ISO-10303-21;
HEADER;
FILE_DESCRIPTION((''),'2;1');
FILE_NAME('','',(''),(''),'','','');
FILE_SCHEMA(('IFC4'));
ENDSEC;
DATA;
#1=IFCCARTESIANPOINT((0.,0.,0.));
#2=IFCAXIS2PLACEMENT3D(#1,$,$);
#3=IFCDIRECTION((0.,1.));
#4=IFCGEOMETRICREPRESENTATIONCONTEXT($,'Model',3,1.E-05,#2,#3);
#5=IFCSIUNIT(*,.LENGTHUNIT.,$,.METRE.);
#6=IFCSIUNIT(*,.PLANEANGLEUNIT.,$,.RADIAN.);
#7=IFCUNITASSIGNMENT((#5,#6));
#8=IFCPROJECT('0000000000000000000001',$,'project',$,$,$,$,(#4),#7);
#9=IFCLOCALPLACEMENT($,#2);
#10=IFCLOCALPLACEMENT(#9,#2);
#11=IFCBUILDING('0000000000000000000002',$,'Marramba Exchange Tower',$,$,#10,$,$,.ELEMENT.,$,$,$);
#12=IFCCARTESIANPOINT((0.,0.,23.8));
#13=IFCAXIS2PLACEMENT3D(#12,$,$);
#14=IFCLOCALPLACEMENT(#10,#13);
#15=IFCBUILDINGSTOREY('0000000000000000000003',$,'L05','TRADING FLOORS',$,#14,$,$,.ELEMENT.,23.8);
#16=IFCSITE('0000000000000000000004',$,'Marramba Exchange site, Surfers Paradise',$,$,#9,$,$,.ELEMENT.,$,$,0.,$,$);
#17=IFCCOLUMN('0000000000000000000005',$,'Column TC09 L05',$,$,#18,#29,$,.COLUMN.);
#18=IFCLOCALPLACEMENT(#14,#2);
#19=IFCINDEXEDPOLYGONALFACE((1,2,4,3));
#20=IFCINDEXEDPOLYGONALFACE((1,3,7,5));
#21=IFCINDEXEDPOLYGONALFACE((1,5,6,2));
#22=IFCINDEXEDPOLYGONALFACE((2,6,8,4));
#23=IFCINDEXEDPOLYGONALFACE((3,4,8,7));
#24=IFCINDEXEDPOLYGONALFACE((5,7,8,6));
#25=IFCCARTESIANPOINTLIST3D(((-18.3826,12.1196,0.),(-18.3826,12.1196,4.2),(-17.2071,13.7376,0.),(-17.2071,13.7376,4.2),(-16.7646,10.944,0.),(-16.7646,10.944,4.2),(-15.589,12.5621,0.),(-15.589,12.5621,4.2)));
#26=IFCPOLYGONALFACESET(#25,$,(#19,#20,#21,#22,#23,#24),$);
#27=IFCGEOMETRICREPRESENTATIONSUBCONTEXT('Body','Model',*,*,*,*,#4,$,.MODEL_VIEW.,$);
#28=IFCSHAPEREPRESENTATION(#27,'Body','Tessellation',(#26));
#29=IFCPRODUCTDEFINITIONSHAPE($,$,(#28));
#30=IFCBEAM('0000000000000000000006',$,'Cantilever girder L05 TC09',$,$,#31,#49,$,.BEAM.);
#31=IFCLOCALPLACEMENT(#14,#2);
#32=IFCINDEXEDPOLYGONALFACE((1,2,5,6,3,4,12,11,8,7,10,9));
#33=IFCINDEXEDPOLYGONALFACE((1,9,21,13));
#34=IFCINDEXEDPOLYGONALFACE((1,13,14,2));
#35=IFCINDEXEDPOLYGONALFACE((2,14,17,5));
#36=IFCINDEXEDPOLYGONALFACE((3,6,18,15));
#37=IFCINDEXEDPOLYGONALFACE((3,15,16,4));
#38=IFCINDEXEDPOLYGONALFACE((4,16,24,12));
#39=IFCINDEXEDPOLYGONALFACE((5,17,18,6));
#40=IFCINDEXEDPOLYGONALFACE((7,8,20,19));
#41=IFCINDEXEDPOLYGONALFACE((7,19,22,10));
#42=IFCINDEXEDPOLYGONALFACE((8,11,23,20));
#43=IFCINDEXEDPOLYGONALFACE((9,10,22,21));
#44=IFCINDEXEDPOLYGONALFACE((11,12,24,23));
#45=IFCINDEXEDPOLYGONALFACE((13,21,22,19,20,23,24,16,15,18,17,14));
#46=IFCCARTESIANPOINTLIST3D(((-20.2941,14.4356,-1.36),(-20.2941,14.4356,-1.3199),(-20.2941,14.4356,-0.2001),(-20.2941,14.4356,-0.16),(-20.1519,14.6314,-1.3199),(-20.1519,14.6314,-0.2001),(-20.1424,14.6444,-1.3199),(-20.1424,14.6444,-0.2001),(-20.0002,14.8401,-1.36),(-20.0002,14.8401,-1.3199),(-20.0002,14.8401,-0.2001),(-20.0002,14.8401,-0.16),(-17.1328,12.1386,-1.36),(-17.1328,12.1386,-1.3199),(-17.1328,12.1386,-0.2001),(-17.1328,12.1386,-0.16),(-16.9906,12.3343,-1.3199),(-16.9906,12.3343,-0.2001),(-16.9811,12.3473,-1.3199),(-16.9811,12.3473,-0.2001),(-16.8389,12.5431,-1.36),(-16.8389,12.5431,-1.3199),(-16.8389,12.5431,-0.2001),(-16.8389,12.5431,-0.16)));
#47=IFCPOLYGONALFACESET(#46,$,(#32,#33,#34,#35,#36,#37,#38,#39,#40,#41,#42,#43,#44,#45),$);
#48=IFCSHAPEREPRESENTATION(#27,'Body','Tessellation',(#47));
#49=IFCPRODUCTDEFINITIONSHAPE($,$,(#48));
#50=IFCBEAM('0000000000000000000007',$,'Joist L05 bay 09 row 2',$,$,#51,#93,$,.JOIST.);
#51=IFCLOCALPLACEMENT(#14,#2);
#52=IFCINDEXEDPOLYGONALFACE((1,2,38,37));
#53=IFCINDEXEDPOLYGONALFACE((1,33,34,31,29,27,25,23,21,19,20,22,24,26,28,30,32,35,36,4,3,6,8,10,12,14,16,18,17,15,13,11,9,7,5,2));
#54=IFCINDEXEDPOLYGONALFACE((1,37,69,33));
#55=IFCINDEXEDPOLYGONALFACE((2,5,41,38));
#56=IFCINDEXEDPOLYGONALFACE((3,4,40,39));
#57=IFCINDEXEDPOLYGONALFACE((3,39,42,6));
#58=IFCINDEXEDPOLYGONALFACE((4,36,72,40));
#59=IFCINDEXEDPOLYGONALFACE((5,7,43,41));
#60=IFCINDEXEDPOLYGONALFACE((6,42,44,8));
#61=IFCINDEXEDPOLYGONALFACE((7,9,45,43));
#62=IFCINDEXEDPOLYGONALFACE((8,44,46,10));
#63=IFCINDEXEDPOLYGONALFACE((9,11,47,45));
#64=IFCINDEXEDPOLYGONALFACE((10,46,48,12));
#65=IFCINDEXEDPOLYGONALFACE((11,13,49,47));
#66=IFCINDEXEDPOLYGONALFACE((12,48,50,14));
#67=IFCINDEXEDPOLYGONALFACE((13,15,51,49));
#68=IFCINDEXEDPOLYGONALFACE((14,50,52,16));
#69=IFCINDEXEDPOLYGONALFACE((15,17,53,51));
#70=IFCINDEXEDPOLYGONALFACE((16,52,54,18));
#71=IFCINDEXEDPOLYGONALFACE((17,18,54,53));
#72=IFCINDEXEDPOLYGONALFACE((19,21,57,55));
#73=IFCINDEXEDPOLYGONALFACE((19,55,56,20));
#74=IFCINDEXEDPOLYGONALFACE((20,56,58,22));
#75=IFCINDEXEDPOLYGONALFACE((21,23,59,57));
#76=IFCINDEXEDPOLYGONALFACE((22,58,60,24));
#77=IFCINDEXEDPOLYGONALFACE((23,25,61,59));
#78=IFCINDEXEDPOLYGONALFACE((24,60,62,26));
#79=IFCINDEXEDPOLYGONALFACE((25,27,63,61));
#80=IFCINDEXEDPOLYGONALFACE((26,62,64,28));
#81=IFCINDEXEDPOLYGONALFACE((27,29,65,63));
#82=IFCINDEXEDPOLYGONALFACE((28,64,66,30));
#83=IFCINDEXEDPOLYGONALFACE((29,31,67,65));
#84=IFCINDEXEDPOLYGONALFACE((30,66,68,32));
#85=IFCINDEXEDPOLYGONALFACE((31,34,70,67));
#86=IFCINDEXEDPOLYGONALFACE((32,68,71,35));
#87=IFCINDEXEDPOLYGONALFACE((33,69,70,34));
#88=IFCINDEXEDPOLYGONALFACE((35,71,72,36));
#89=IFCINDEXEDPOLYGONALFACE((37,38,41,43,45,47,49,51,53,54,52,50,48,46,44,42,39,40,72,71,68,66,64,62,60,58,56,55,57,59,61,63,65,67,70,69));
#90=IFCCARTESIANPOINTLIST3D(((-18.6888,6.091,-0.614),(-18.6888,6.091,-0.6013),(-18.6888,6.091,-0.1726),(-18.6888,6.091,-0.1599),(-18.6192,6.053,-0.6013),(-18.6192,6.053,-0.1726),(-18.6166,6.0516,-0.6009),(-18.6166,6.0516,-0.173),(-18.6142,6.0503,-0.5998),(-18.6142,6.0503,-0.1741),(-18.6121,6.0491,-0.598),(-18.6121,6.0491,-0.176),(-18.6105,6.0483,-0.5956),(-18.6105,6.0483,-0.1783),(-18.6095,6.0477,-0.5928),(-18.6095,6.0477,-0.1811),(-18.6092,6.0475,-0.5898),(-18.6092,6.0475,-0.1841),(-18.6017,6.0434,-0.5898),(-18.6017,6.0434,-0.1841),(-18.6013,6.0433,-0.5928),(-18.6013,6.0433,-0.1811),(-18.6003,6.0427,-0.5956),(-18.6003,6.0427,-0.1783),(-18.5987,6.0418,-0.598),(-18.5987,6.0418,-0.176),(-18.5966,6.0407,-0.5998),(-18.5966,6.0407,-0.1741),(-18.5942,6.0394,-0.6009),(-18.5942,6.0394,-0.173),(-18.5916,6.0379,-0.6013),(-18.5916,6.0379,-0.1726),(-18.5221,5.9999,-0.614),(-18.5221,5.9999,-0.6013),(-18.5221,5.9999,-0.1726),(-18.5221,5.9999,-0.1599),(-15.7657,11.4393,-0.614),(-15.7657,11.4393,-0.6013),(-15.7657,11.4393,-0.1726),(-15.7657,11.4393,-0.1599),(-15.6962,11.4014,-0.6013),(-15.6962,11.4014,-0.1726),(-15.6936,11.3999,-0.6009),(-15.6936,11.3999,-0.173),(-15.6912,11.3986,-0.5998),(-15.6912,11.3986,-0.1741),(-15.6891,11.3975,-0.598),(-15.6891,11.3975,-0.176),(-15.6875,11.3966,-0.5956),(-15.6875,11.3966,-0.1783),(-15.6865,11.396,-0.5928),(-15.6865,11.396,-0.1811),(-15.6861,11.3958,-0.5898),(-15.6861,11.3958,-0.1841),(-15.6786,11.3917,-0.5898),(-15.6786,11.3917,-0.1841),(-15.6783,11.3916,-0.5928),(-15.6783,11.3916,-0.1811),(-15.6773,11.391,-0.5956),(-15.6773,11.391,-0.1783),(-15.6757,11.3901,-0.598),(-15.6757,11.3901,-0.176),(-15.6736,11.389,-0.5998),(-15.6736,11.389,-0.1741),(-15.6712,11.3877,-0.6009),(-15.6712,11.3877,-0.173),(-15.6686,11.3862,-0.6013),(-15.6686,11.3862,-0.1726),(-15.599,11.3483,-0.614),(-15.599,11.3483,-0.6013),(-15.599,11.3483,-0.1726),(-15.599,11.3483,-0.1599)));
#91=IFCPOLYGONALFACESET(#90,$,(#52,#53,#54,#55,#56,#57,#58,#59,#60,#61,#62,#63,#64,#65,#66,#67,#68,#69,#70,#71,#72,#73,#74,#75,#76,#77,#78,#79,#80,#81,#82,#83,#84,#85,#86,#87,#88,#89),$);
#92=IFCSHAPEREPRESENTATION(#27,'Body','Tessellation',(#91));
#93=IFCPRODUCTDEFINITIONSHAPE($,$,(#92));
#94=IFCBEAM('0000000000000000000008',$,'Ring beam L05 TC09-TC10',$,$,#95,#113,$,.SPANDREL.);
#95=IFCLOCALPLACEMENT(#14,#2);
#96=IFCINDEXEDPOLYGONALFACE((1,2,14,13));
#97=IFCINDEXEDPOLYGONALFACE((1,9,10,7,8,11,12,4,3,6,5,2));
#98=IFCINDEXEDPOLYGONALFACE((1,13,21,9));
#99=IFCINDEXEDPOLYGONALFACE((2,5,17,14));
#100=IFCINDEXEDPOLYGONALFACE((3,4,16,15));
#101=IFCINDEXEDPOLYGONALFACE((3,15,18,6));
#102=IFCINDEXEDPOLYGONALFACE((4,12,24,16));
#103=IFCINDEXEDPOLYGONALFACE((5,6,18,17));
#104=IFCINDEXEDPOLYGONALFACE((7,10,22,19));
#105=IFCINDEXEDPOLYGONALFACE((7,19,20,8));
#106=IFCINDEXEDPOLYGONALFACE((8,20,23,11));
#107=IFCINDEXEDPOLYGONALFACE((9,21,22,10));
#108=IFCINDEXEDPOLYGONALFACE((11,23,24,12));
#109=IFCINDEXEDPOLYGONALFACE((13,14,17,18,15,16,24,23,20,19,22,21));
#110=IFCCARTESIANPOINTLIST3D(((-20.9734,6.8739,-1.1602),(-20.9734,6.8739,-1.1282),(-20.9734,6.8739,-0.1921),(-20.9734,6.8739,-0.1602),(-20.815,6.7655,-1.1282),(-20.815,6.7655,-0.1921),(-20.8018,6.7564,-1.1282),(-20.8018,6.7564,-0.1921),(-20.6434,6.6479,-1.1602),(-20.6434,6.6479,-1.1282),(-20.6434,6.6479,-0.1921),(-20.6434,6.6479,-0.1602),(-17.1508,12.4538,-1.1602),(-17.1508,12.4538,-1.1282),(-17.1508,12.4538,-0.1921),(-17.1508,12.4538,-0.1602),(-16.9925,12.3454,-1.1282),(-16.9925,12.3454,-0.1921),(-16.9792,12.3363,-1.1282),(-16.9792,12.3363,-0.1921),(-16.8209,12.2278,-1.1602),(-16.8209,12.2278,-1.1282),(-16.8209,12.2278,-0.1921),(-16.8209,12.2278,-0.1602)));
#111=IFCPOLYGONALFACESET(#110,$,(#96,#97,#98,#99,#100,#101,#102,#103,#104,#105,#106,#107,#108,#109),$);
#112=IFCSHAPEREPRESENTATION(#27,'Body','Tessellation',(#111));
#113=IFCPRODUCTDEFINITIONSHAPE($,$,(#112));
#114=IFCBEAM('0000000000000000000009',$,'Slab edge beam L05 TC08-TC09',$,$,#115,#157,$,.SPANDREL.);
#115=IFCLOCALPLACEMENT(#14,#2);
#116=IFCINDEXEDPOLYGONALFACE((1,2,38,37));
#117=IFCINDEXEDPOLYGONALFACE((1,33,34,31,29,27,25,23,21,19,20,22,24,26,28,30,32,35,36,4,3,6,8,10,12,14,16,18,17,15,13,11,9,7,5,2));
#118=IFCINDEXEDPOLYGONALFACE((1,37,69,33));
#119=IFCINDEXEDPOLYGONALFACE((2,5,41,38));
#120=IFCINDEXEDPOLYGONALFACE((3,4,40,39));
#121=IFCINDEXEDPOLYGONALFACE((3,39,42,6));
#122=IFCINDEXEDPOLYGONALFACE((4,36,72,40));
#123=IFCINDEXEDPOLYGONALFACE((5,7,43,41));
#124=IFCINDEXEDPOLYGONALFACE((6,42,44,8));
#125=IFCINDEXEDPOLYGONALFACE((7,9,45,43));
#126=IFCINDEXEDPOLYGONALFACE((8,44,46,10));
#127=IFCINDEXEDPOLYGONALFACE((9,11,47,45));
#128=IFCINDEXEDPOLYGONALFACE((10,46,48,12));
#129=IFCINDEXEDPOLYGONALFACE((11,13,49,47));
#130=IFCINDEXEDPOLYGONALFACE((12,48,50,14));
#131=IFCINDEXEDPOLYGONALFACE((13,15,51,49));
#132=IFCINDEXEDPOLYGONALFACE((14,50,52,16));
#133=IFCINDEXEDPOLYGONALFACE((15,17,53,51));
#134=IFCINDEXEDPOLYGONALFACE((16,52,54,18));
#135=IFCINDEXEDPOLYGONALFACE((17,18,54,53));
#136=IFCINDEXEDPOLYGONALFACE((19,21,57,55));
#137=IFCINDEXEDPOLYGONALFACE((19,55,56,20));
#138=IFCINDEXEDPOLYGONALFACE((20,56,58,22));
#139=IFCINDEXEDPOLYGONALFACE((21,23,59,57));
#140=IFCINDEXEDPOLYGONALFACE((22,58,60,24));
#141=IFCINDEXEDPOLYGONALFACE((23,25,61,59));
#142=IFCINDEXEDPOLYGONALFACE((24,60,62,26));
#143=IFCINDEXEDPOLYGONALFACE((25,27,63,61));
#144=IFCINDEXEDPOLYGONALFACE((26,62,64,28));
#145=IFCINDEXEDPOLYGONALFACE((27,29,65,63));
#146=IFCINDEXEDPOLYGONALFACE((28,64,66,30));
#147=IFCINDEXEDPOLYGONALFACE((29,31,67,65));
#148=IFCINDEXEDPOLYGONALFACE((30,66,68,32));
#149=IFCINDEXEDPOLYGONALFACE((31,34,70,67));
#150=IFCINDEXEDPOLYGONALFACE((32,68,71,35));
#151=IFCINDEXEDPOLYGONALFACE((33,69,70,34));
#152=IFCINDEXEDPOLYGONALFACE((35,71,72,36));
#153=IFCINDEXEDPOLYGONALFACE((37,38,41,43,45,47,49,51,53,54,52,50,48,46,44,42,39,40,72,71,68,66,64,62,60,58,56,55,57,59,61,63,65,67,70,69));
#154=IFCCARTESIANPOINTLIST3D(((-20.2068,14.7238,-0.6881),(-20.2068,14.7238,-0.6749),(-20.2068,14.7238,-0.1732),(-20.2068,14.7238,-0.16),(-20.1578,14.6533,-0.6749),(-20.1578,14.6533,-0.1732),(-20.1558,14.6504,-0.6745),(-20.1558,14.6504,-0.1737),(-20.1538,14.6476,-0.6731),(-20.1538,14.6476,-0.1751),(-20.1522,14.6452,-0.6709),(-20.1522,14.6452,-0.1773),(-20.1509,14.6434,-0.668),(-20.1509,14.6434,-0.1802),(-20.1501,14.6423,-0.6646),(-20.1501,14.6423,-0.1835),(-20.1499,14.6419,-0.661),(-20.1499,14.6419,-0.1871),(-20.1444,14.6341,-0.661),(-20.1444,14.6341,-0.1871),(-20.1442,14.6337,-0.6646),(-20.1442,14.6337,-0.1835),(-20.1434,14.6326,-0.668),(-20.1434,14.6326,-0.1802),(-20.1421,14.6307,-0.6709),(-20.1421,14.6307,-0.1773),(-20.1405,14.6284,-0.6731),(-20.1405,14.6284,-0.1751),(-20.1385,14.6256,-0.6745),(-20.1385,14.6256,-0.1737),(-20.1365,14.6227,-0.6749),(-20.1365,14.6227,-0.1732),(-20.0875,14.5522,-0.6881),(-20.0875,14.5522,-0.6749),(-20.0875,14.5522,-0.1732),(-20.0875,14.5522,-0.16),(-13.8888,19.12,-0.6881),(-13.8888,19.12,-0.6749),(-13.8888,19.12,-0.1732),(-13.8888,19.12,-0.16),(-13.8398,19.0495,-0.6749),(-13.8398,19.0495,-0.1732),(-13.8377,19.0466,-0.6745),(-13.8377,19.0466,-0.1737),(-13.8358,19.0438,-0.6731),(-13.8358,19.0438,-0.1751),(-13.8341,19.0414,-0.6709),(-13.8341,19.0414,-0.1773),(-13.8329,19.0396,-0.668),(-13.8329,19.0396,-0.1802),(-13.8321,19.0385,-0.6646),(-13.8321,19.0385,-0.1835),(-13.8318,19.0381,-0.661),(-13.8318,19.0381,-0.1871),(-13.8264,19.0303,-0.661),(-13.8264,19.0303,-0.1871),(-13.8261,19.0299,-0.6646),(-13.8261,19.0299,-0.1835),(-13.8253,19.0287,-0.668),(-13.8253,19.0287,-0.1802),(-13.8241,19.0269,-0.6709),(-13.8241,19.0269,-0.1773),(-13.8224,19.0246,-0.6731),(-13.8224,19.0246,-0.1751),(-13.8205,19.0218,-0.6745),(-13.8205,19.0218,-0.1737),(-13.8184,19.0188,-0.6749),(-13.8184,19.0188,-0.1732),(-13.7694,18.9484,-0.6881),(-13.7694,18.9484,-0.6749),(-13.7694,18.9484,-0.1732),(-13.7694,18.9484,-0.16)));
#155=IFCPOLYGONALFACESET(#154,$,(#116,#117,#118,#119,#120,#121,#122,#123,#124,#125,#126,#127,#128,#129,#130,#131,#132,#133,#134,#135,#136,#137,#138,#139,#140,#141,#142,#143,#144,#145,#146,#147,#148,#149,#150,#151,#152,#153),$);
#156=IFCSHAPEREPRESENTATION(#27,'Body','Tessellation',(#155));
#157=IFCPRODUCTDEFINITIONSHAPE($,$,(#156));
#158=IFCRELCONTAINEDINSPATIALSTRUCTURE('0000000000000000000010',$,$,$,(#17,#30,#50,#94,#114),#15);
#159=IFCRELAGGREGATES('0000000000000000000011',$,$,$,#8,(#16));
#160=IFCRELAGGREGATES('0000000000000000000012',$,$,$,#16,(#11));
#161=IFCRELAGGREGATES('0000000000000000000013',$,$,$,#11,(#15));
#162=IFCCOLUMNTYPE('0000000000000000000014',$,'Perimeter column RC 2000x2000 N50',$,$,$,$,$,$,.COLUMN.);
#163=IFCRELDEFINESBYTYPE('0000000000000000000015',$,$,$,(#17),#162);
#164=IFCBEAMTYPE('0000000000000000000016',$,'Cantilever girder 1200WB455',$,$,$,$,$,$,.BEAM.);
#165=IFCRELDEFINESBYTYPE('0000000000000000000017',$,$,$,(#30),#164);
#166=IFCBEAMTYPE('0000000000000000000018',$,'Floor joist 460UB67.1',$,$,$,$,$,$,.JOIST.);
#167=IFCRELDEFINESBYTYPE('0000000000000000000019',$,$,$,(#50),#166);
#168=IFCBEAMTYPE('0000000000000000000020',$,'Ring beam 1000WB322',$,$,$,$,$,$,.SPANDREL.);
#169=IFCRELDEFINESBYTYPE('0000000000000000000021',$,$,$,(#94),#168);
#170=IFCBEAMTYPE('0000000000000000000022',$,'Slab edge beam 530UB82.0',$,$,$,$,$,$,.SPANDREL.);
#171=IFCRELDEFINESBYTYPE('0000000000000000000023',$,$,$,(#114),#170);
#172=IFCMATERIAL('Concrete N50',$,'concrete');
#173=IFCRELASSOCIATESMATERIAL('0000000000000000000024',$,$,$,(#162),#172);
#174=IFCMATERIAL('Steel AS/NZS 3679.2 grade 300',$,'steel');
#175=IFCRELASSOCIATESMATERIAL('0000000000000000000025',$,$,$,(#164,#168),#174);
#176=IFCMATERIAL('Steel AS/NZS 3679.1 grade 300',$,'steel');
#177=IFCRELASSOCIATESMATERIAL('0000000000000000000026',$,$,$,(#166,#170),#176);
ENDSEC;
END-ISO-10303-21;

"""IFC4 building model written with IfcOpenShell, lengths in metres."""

from ifc_helpers import new_model, si_unit, direction, frame, origin, origin_2d, place, context, subcontext, project, spatial, rectangle, i_section, extrude, material, material_profile, profile_set, type_object, element, save


model = new_model("IFC4")

# Units and contexts
model_context = context("Model", 3, precision=1e-05, world=origin(), true_north=direction((0.0, 1.0)))
body_context = subcontext(model_context, "Body", "Model", "MODEL_VIEW")
ifc_project = project(units=[si_unit("LENGTHUNIT", "METRE"), si_unit("PLANEANGLEUNIT", "RADIAN")], contexts=[model_context])

# Site, building, storey
site_placement = place(None, origin())
site = spatial("IfcSite", under=ifc_project, at=site_placement, Name="Marramba Exchange site, Surfers Paradise", CompositionType="ELEMENT", RefElevation=0.0)
building_placement = place(site_placement, origin())
building = spatial("IfcBuilding", under=site, at=building_placement, Name="Marramba Exchange Tower", CompositionType="ELEMENT")
storey_placement = place(building_placement, frame((0.0, 0.0, 23.8)))
storey = spatial("IfcBuildingStorey", under=building, at=storey_placement, Name="L05", Description="TRADING FLOORS", CompositionType="ELEMENT", Elevation=23.8)

# Column
ifc_material_1 = material(Name="Concrete N50", Category="concrete")
ifc_material_profile_1 = material_profile(ifc_material_1, rectangle(XDim=2.0, YDim=2.0, at=origin_2d()), Name="RC 2000x2000")
ifc_profile_set_1 = profile_set([ifc_material_profile_1], Name="Concrete N50")
column_type = type_object("IfcColumnType", Name="Perimeter column RC 2000x2000 N50", PredefinedType="COLUMN", material=ifc_profile_set_1)
column_placement = place(storey_placement, frame((-16.9858, 12.3408, 0.0), z_axis=(0.0, 0.0, 1.0), x_axis=(-0.809017, 0.587785, 0.0)))
element("IfcColumn", 1, at=column_placement, inside=storey, type_object=column_type, Name="Column TC09 L05", PredefinedType="COLUMN", context=body_context, shape_type="SweptSolid", body=[
    extrude(rectangle(XDim=2.0, YDim=2.0, at=origin_2d()), origin(), (0.0, 0.0, 1.0), 4.2),
])

# Beams
ifc_material_2 = material(Name="Steel AS/NZS 3679.2 grade 300", Category="steel")
ifc_material_profile_2 = material_profile(ifc_material_2, i_section(OverallWidth=0.5, OverallDepth=1.2, WebThickness=0.0161, FlangeThickness=0.04, at=origin_2d()), Name="1200WB455")
ifc_profile_set_2 = profile_set([ifc_material_profile_2], Name="Steel AS/NZS 3679.2 grade 300")
beam_type_1 = type_object("IfcBeamType", Name="Cantilever girder 1200WB455", PredefinedType="BEAM", material=ifc_profile_set_2)
beam_1_placement = place(storey_placement, frame((-16.9858, 12.3408, -0.76), z_axis=(-0.808987, 0.587826, 0.0), x_axis=(-0.587826, -0.808987, 0.0)))
element("IfcBeam", 2, at=beam_1_placement, inside=storey, type_object=beam_type_1, Name="Cantilever girder L05 TC09", PredefinedType="BEAM", context=body_context, shape_type="SweptSolid", body=[
    extrude(i_section(OverallWidth=0.5, OverallDepth=1.2, WebThickness=0.0161, FlangeThickness=0.04, at=origin_2d()), origin(), (0.0, 0.0, 1.0), 3.9077),
])
ifc_material_3 = material(Name="Steel AS/NZS 3679.1 grade 300", Category="steel")
ifc_material_profile_3 = material_profile(ifc_material_3, i_section(OverallWidth=0.1899, OverallDepth=0.4541, WebThickness=0.0085, FlangeThickness=0.0127, FilletRadius=0.0115, at=origin_2d()), Name="460UB67.1")
ifc_profile_set_3 = profile_set([ifc_material_profile_3], Name="Steel AS/NZS 3679.1 grade 300")
beam_type_2 = type_object("IfcBeamType", Name="Floor joist 460UB67.1", PredefinedType="JOIST", material=ifc_profile_set_3)
beam_2_placement = place(storey_placement, frame((-15.6824, 11.3938, -0.387), z_axis=(-0.479584, -0.877496, 0.0), x_axis=(0.877496, -0.479584, 0.0)))
element("IfcBeam", 3, at=beam_2_placement, inside=storey, type_object=beam_type_2, Name="Joist L05 bay 09 row 2", PredefinedType="JOIST", context=body_context, shape_type="SweptSolid", body=[
    extrude(i_section(OverallWidth=0.1899, OverallDepth=0.4541, WebThickness=0.0085, FlangeThickness=0.0127, FilletRadius=0.0115, at=origin_2d()), origin(), (0.0, 0.0, 1.0), 6.095),
])
ifc_material_profile_4 = material_profile(ifc_material_2, i_section(OverallWidth=0.3999, OverallDepth=1.0, WebThickness=0.0161, FlangeThickness=0.032, at=origin_2d()), Name="1000WB322")
ifc_profile_set_4 = profile_set([ifc_material_profile_4], Name="Steel AS/NZS 3679.2 grade 300")
beam_type_3 = type_object("IfcBeamType", Name="Ring beam 1000WB322", PredefinedType="SPANDREL", material=ifc_profile_set_4)
beam_3_placement = place(storey_placement, frame((-16.9858, 12.3408, -0.6602), z_axis=(-0.56516, -0.824981, 0.0), x_axis=(0.824981, -0.56516, 0.0)))
element("IfcBeam", 4, at=beam_3_placement, inside=storey, type_object=beam_type_3, Name="Ring beam L05 TC09-TC10", PredefinedType="SPANDREL", context=body_context, shape_type="SweptSolid", body=[
    extrude(i_section(OverallWidth=0.3999, OverallDepth=1.0, WebThickness=0.0161, FlangeThickness=0.032, at=origin_2d()), origin(), (0.0, 0.0, 1.0), 6.7637),
])
ifc_material_profile_5 = material_profile(ifc_material_3, i_section(OverallWidth=0.209, OverallDepth=0.5281, WebThickness=0.0095, FlangeThickness=0.0132, FilletRadius=0.0139, at=origin_2d()), Name="530UB82.0")
ifc_profile_set_5 = profile_set([ifc_material_profile_5], Name="Steel AS/NZS 3679.1 grade 300")
beam_type_4 = type_object("IfcBeamType", Name="Slab edge beam 530UB82.0", PredefinedType="SPANDREL", material=ifc_profile_set_5)
beam_4_placement = place(storey_placement, frame((-13.8291, 19.0342, -0.4241), z_axis=(-0.820842, -0.571155, 0.0), x_axis=(0.571155, -0.820842, 0.0)))
element("IfcBeam", 5, at=beam_4_placement, inside=storey, type_object=beam_type_4, Name="Slab edge beam L05 TC08-TC09", PredefinedType="SPANDREL", context=body_context, shape_type="SweptSolid", body=[
    extrude(i_section(OverallWidth=0.209, OverallDepth=0.5281, WebThickness=0.0095, FlangeThickness=0.0132, FilletRadius=0.0139, at=origin_2d()), origin(), (0.0, 0.0, 1.0), 7.697),
])

save(model, "model.ifc")
